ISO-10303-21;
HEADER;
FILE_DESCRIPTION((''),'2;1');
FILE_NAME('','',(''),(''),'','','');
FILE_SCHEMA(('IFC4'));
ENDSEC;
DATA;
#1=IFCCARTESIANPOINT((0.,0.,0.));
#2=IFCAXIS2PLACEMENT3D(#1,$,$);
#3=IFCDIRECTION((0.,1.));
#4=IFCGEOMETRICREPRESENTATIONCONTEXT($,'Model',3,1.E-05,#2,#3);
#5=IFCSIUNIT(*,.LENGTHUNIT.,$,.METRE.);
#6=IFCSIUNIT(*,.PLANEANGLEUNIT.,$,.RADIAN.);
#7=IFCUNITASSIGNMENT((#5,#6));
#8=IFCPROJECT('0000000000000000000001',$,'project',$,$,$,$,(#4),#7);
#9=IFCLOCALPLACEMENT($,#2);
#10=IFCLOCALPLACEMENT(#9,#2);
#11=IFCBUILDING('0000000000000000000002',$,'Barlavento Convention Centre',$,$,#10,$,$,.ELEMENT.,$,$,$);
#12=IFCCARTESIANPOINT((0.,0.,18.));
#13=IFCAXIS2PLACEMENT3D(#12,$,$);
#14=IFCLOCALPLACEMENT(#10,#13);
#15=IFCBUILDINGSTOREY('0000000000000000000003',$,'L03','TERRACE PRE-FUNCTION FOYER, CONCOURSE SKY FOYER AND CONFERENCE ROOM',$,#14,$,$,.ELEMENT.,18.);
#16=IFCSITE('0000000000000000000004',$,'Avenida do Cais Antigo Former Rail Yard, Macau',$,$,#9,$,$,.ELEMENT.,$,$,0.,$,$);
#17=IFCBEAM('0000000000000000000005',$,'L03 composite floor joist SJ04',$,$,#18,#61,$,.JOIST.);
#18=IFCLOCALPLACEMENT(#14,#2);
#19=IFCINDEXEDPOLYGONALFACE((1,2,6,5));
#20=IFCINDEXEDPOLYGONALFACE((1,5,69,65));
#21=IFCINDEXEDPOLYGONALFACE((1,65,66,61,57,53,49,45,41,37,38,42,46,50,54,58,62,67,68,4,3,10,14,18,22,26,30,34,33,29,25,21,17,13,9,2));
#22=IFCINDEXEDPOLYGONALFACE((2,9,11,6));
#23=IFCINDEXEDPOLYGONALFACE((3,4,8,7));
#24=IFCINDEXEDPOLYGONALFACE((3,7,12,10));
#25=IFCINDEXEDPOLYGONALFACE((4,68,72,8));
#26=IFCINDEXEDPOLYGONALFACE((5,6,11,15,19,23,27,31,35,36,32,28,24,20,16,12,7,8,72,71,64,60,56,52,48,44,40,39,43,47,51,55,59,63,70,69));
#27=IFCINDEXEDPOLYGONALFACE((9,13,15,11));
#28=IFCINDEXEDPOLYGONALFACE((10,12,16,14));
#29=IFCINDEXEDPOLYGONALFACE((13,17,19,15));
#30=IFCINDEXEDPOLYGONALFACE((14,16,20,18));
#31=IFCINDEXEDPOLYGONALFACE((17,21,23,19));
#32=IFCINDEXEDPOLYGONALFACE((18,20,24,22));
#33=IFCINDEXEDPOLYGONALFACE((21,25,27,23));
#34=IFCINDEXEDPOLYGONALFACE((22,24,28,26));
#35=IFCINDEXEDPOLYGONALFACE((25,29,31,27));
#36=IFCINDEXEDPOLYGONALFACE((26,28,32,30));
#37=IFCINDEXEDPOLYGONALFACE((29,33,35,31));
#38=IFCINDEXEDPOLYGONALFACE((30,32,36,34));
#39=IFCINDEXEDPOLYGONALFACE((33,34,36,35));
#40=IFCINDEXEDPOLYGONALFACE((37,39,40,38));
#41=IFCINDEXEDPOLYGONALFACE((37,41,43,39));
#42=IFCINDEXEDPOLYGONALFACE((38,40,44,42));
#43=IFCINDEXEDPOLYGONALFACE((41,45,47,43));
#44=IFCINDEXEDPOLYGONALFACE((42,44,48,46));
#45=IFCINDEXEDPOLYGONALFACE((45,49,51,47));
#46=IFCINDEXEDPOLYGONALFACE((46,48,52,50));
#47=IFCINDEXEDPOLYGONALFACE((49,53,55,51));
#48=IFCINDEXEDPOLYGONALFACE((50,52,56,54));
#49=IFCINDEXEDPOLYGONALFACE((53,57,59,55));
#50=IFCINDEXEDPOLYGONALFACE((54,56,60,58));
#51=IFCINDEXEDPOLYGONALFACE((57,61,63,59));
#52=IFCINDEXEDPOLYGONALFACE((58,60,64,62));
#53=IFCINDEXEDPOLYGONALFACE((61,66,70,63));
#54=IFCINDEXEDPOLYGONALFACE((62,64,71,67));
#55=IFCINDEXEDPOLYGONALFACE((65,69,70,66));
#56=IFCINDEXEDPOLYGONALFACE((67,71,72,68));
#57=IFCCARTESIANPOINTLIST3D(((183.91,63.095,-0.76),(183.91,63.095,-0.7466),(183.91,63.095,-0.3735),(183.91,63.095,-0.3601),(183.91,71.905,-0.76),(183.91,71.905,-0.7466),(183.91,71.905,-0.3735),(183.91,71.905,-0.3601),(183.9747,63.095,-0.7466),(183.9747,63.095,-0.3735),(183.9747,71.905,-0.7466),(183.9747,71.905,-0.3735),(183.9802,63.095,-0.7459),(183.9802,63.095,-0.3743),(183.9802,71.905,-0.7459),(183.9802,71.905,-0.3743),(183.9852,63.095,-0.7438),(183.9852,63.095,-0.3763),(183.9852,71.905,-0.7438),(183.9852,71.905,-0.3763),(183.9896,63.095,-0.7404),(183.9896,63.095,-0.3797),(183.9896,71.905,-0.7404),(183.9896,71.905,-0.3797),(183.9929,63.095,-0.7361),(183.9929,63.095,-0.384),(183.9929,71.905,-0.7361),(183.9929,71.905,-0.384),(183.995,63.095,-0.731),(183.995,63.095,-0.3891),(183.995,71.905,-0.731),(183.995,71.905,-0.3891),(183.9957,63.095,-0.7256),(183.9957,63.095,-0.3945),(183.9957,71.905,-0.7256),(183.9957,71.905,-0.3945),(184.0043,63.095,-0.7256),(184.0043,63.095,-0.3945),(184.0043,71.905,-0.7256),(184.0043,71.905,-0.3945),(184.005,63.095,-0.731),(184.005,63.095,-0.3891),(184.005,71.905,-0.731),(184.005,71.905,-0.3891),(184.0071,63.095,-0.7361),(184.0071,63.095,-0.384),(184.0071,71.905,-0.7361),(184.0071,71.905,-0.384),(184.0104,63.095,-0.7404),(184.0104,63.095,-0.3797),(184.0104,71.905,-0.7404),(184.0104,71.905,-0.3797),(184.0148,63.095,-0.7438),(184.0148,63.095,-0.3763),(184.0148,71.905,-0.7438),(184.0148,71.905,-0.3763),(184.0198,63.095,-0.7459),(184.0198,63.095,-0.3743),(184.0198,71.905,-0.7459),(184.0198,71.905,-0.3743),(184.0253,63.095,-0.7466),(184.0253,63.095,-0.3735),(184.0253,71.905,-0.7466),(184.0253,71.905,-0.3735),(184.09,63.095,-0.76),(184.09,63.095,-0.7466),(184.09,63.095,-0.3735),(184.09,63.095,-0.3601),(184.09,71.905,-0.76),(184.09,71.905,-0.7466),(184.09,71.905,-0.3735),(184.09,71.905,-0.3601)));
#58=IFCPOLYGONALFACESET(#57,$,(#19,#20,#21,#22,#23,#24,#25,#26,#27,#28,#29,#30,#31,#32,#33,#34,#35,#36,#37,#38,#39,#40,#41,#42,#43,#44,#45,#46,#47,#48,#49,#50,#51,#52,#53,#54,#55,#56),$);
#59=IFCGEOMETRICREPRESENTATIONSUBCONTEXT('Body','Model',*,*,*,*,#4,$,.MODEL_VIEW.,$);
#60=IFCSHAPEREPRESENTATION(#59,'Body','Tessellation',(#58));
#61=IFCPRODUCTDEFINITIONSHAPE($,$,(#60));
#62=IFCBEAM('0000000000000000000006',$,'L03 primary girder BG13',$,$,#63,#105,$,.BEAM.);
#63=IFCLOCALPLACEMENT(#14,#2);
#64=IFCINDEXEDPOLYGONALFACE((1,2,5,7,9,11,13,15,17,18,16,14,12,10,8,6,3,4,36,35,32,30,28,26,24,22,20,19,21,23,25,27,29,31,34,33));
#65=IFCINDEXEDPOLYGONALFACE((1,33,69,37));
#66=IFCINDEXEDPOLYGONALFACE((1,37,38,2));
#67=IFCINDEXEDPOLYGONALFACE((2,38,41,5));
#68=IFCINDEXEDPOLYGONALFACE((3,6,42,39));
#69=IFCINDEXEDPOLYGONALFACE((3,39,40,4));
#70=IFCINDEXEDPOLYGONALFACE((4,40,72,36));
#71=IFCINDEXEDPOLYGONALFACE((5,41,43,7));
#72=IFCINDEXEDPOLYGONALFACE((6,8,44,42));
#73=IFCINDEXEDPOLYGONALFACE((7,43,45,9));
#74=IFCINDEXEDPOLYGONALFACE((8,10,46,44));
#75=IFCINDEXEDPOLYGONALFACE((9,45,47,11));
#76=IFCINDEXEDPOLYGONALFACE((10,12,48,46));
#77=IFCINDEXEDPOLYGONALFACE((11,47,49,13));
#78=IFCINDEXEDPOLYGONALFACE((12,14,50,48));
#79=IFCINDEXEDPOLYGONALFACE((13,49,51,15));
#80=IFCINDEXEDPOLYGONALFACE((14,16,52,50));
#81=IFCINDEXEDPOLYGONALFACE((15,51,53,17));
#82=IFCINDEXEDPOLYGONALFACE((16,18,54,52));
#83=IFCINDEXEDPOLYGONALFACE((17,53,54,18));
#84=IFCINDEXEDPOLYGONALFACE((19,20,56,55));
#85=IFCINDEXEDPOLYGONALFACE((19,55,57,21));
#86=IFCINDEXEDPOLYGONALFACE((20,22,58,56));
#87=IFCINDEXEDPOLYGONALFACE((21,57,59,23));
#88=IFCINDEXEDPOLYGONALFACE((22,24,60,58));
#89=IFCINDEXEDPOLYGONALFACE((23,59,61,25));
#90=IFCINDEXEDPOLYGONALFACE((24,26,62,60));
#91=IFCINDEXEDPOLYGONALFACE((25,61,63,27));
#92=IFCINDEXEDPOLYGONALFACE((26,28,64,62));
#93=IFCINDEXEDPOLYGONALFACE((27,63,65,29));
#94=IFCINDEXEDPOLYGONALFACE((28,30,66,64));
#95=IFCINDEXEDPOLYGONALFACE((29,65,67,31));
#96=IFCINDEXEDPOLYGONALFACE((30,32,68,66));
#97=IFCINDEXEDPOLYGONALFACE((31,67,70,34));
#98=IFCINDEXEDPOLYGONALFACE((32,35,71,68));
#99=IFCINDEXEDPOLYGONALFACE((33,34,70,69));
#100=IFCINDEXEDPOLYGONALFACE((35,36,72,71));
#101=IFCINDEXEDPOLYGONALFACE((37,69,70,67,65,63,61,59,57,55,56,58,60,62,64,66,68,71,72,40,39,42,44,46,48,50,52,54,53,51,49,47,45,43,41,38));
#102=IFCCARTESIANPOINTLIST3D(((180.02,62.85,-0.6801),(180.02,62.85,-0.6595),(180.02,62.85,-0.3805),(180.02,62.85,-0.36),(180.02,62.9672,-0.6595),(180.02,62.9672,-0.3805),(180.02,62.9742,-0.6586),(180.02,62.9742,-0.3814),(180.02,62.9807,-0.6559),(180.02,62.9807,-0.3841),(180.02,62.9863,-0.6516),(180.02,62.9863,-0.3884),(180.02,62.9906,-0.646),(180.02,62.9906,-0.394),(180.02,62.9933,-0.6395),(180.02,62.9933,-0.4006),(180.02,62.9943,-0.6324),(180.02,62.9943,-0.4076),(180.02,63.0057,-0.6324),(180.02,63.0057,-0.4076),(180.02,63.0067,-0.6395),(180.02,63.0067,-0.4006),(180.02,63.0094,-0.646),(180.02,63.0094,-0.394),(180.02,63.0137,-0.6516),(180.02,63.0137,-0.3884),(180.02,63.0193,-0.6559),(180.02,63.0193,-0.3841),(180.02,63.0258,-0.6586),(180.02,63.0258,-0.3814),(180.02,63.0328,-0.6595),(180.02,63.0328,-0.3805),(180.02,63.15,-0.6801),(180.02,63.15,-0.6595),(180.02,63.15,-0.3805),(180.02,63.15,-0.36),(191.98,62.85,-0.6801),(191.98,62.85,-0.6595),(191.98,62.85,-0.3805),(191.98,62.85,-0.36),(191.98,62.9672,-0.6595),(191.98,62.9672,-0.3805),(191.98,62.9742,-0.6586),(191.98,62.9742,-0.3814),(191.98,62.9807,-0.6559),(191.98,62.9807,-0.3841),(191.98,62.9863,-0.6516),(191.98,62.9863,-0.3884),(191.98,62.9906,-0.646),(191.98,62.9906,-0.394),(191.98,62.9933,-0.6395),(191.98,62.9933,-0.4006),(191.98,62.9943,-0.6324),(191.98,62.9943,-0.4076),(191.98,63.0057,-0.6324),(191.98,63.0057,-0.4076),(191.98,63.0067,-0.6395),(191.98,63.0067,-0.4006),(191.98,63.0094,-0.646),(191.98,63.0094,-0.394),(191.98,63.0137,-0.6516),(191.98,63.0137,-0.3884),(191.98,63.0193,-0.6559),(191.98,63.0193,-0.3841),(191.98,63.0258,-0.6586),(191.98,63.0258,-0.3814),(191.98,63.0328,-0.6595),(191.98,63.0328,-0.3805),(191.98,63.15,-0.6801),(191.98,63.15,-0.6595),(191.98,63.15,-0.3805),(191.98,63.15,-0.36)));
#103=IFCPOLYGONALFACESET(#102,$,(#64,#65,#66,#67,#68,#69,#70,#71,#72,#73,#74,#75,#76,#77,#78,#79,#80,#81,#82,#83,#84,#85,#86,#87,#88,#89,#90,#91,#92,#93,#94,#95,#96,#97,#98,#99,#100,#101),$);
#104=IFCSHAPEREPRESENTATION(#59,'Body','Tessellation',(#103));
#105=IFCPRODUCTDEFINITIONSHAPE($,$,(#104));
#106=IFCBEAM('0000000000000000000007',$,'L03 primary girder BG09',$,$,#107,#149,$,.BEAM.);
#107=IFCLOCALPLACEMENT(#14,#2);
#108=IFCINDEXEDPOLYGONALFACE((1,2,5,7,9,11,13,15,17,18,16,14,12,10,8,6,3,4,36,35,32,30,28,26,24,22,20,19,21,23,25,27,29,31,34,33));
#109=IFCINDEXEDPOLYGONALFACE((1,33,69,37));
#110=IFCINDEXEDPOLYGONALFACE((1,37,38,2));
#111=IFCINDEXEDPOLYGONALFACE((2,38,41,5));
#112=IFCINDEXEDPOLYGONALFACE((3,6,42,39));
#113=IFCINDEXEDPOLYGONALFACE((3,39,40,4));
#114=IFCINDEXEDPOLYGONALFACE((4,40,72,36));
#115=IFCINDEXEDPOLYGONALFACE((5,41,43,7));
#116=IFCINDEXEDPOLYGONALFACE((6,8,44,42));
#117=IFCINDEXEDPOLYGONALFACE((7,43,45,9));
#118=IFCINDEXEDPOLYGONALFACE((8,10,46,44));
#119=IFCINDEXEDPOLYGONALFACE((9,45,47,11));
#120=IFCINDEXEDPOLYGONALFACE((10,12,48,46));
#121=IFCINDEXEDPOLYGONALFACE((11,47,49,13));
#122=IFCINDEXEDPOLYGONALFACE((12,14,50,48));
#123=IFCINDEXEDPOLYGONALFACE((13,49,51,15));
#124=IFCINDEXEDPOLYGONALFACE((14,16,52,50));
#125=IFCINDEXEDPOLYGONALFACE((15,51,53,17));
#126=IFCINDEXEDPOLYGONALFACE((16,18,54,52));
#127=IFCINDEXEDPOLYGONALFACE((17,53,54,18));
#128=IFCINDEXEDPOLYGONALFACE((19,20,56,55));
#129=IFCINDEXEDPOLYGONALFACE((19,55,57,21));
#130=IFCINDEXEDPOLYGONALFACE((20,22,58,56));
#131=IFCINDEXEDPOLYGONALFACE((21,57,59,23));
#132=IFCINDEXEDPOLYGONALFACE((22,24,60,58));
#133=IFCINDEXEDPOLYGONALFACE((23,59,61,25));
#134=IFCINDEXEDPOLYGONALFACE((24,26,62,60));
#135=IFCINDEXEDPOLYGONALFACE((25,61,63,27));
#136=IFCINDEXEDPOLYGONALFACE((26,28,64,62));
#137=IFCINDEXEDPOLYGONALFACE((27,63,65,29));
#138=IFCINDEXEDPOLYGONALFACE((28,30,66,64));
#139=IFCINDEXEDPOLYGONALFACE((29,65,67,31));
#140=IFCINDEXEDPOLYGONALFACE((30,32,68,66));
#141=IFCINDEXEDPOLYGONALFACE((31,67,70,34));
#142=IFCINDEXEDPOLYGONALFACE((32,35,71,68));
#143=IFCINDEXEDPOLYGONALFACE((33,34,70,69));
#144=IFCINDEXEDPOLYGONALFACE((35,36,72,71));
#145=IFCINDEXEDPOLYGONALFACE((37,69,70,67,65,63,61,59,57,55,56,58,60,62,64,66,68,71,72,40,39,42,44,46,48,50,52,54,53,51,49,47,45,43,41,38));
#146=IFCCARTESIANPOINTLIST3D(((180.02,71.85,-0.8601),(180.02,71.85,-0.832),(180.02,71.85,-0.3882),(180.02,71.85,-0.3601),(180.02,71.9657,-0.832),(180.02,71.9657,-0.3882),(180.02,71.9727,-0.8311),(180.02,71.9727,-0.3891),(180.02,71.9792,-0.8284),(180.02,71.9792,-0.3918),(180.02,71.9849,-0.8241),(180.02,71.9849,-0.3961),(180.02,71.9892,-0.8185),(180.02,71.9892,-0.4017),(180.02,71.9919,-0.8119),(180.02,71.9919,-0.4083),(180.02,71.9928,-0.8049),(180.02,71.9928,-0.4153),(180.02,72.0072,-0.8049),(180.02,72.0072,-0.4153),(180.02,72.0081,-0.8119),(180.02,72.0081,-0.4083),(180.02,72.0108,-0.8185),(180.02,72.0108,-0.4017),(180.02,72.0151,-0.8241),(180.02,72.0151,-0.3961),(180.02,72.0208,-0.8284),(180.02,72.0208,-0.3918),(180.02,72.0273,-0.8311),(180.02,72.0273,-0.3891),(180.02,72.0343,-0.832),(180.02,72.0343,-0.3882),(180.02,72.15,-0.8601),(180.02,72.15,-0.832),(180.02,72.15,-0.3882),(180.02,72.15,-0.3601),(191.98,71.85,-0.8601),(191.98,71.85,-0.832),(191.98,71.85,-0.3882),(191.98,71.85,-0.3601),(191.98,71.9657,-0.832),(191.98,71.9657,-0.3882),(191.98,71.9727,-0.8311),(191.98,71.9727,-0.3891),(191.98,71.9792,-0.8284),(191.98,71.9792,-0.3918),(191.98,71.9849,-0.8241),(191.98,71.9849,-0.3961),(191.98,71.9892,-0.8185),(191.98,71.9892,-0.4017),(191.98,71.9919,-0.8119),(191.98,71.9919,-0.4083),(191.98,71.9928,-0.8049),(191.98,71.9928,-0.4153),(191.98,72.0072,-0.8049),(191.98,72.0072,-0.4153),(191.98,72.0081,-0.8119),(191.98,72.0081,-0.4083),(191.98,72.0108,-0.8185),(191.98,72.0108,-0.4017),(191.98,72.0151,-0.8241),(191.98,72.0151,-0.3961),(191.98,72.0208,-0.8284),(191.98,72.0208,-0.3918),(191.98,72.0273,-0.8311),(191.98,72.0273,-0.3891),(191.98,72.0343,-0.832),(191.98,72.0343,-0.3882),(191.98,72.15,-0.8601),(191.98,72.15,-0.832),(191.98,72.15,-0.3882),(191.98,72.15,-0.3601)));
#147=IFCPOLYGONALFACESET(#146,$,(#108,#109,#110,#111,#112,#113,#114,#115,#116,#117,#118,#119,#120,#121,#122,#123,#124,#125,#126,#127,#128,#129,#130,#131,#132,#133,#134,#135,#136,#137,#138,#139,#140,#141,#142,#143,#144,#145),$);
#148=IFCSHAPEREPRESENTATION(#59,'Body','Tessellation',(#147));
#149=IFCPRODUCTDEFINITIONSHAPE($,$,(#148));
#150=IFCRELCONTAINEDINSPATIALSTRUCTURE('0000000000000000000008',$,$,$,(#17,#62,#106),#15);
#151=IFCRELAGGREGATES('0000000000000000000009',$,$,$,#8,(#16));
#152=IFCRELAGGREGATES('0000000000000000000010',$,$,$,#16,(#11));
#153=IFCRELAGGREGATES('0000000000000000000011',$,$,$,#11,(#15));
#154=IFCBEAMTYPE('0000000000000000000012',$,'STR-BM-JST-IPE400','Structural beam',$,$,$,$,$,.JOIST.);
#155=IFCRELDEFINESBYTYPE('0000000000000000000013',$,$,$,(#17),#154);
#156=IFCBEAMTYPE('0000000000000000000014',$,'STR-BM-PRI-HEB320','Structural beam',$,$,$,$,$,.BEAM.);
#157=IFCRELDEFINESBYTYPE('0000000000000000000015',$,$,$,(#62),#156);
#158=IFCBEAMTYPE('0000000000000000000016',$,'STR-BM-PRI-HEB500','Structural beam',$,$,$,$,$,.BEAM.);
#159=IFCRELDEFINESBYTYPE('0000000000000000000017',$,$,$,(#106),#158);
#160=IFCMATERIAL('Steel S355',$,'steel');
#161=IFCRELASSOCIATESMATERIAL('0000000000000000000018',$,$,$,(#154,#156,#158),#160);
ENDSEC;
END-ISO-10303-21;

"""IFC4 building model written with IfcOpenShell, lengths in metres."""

from ifc_helpers import new_model, si_unit, direction, frame, origin, origin_2d, place, context, subcontext, project, spatial, i_section, extrude, material, material_profile, profile_set, type_object, element, save


model = new_model("IFC4")

# Units and contexts
model_context = context("Model", 3, precision=1e-05, world=origin(), true_north=direction((0.0, 1.0)))
body_context = subcontext(model_context, "Body", "Model", "MODEL_VIEW")
ifc_project = project(units=[si_unit("LENGTHUNIT", "METRE"), si_unit("PLANEANGLEUNIT", "RADIAN")], contexts=[model_context])

# Site, building, storey
site_placement = place(None, origin())
site = spatial("IfcSite", under=ifc_project, at=site_placement, Name="Avenida do Cais Antigo Former Rail Yard, Macau", CompositionType="ELEMENT", RefElevation=0.0)
building_placement = place(site_placement, origin())
building = spatial("IfcBuilding", under=site, at=building_placement, Name="Barlavento Convention Centre", CompositionType="ELEMENT")
storey_placement = place(building_placement, frame((0.0, 0.0, 18.0)))
storey = spatial("IfcBuildingStorey", under=building, at=storey_placement, Name="L03", Description="TERRACE PRE-FUNCTION FOYER, CONCOURSE SKY FOYER AND CONFERENCE ROOM", CompositionType="ELEMENT", Elevation=18.0)

# Shared definitions
ifc_material_1 = material(Name="Steel S355", Category="steel")

# Beams
ifc_material_profile_1 = material_profile(ifc_material_1, i_section(OverallWidth=0.1799, OverallDepth=0.3999, WebThickness=0.0085, FlangeThickness=0.0134, FilletRadius=0.021, at=origin_2d()), Name="IPE 400")
ifc_profile_set_1 = profile_set([ifc_material_profile_1], Name="Steel S355")
beam_type_1 = type_object("IfcBeamType", Name="STR-BM-JST-IPE400", Description="Structural beam", PredefinedType="JOIST", material=ifc_profile_set_1)
beam_1_placement = place(storey_placement, frame((184.0, 63.095, -0.5601), z_axis=(0.0, 1.0, 0.0), x_axis=(-1.0, 0.0, 0.0)))
element("IfcBeam", 1, at=beam_1_placement, inside=storey, type_object=beam_type_1, Name="L03 composite floor joist SJ04", PredefinedType="JOIST", context=body_context, shape_type="SweptSolid", body=[
    extrude(i_section(OverallWidth=0.1799, OverallDepth=0.3999, WebThickness=0.0085, FlangeThickness=0.0134, FilletRadius=0.021, at=origin_2d()), origin(), (0.0, 0.0, 1.0), 8.8101),
])
ifc_material_profile_2 = material_profile(ifc_material_1, i_section(OverallWidth=0.3, OverallDepth=0.3201, WebThickness=0.0115, FlangeThickness=0.0205, FilletRadius=0.0271, at=origin_2d()), Name="HEB 320")
ifc_profile_set_2 = profile_set([ifc_material_profile_2], Name="Steel S355")
beam_type_2 = type_object("IfcBeamType", Name="STR-BM-PRI-HEB320", Description="Structural beam", PredefinedType="BEAM", material=ifc_profile_set_2)
beam_2_placement = place(storey_placement, frame((180.02, 63.0, -0.52), z_axis=(1.0, 0.0, 0.0), x_axis=(0.0, 1.0, 0.0)))
element("IfcBeam", 2, at=beam_2_placement, inside=storey, type_object=beam_type_2, Name="L03 primary girder BG13", PredefinedType="BEAM", context=body_context, shape_type="SweptSolid", body=[
    extrude(i_section(OverallWidth=0.3, OverallDepth=0.3201, WebThickness=0.0115, FlangeThickness=0.0205, FilletRadius=0.0271, at=origin_2d()), origin(), (0.0, 0.0, 1.0), 11.96),
])
ifc_material_profile_3 = material_profile(ifc_material_1, i_section(OverallWidth=0.3, OverallDepth=0.5, WebThickness=0.0144, FlangeThickness=0.0281, FilletRadius=0.0271, at=origin_2d()), Name="HEB 500")
ifc_profile_set_3 = profile_set([ifc_material_profile_3], Name="Steel S355")
beam_type_3 = type_object("IfcBeamType", Name="STR-BM-PRI-HEB500", Description="Structural beam", PredefinedType="BEAM", material=ifc_profile_set_3)
beam_3_placement = place(storey_placement, frame((180.02, 72.0, -0.6101), z_axis=(1.0, 0.0, 0.0), x_axis=(0.0, 1.0, 0.0)))
element("IfcBeam", 3, at=beam_3_placement, inside=storey, type_object=beam_type_3, Name="L03 primary girder BG09", PredefinedType="BEAM", context=body_context, shape_type="SweptSolid", body=[
    extrude(i_section(OverallWidth=0.3, OverallDepth=0.5, WebThickness=0.0144, FlangeThickness=0.0281, FilletRadius=0.0271, at=origin_2d()), origin(), (0.0, 0.0, 1.0), 11.96),
])

save(model, "model.ifc")
